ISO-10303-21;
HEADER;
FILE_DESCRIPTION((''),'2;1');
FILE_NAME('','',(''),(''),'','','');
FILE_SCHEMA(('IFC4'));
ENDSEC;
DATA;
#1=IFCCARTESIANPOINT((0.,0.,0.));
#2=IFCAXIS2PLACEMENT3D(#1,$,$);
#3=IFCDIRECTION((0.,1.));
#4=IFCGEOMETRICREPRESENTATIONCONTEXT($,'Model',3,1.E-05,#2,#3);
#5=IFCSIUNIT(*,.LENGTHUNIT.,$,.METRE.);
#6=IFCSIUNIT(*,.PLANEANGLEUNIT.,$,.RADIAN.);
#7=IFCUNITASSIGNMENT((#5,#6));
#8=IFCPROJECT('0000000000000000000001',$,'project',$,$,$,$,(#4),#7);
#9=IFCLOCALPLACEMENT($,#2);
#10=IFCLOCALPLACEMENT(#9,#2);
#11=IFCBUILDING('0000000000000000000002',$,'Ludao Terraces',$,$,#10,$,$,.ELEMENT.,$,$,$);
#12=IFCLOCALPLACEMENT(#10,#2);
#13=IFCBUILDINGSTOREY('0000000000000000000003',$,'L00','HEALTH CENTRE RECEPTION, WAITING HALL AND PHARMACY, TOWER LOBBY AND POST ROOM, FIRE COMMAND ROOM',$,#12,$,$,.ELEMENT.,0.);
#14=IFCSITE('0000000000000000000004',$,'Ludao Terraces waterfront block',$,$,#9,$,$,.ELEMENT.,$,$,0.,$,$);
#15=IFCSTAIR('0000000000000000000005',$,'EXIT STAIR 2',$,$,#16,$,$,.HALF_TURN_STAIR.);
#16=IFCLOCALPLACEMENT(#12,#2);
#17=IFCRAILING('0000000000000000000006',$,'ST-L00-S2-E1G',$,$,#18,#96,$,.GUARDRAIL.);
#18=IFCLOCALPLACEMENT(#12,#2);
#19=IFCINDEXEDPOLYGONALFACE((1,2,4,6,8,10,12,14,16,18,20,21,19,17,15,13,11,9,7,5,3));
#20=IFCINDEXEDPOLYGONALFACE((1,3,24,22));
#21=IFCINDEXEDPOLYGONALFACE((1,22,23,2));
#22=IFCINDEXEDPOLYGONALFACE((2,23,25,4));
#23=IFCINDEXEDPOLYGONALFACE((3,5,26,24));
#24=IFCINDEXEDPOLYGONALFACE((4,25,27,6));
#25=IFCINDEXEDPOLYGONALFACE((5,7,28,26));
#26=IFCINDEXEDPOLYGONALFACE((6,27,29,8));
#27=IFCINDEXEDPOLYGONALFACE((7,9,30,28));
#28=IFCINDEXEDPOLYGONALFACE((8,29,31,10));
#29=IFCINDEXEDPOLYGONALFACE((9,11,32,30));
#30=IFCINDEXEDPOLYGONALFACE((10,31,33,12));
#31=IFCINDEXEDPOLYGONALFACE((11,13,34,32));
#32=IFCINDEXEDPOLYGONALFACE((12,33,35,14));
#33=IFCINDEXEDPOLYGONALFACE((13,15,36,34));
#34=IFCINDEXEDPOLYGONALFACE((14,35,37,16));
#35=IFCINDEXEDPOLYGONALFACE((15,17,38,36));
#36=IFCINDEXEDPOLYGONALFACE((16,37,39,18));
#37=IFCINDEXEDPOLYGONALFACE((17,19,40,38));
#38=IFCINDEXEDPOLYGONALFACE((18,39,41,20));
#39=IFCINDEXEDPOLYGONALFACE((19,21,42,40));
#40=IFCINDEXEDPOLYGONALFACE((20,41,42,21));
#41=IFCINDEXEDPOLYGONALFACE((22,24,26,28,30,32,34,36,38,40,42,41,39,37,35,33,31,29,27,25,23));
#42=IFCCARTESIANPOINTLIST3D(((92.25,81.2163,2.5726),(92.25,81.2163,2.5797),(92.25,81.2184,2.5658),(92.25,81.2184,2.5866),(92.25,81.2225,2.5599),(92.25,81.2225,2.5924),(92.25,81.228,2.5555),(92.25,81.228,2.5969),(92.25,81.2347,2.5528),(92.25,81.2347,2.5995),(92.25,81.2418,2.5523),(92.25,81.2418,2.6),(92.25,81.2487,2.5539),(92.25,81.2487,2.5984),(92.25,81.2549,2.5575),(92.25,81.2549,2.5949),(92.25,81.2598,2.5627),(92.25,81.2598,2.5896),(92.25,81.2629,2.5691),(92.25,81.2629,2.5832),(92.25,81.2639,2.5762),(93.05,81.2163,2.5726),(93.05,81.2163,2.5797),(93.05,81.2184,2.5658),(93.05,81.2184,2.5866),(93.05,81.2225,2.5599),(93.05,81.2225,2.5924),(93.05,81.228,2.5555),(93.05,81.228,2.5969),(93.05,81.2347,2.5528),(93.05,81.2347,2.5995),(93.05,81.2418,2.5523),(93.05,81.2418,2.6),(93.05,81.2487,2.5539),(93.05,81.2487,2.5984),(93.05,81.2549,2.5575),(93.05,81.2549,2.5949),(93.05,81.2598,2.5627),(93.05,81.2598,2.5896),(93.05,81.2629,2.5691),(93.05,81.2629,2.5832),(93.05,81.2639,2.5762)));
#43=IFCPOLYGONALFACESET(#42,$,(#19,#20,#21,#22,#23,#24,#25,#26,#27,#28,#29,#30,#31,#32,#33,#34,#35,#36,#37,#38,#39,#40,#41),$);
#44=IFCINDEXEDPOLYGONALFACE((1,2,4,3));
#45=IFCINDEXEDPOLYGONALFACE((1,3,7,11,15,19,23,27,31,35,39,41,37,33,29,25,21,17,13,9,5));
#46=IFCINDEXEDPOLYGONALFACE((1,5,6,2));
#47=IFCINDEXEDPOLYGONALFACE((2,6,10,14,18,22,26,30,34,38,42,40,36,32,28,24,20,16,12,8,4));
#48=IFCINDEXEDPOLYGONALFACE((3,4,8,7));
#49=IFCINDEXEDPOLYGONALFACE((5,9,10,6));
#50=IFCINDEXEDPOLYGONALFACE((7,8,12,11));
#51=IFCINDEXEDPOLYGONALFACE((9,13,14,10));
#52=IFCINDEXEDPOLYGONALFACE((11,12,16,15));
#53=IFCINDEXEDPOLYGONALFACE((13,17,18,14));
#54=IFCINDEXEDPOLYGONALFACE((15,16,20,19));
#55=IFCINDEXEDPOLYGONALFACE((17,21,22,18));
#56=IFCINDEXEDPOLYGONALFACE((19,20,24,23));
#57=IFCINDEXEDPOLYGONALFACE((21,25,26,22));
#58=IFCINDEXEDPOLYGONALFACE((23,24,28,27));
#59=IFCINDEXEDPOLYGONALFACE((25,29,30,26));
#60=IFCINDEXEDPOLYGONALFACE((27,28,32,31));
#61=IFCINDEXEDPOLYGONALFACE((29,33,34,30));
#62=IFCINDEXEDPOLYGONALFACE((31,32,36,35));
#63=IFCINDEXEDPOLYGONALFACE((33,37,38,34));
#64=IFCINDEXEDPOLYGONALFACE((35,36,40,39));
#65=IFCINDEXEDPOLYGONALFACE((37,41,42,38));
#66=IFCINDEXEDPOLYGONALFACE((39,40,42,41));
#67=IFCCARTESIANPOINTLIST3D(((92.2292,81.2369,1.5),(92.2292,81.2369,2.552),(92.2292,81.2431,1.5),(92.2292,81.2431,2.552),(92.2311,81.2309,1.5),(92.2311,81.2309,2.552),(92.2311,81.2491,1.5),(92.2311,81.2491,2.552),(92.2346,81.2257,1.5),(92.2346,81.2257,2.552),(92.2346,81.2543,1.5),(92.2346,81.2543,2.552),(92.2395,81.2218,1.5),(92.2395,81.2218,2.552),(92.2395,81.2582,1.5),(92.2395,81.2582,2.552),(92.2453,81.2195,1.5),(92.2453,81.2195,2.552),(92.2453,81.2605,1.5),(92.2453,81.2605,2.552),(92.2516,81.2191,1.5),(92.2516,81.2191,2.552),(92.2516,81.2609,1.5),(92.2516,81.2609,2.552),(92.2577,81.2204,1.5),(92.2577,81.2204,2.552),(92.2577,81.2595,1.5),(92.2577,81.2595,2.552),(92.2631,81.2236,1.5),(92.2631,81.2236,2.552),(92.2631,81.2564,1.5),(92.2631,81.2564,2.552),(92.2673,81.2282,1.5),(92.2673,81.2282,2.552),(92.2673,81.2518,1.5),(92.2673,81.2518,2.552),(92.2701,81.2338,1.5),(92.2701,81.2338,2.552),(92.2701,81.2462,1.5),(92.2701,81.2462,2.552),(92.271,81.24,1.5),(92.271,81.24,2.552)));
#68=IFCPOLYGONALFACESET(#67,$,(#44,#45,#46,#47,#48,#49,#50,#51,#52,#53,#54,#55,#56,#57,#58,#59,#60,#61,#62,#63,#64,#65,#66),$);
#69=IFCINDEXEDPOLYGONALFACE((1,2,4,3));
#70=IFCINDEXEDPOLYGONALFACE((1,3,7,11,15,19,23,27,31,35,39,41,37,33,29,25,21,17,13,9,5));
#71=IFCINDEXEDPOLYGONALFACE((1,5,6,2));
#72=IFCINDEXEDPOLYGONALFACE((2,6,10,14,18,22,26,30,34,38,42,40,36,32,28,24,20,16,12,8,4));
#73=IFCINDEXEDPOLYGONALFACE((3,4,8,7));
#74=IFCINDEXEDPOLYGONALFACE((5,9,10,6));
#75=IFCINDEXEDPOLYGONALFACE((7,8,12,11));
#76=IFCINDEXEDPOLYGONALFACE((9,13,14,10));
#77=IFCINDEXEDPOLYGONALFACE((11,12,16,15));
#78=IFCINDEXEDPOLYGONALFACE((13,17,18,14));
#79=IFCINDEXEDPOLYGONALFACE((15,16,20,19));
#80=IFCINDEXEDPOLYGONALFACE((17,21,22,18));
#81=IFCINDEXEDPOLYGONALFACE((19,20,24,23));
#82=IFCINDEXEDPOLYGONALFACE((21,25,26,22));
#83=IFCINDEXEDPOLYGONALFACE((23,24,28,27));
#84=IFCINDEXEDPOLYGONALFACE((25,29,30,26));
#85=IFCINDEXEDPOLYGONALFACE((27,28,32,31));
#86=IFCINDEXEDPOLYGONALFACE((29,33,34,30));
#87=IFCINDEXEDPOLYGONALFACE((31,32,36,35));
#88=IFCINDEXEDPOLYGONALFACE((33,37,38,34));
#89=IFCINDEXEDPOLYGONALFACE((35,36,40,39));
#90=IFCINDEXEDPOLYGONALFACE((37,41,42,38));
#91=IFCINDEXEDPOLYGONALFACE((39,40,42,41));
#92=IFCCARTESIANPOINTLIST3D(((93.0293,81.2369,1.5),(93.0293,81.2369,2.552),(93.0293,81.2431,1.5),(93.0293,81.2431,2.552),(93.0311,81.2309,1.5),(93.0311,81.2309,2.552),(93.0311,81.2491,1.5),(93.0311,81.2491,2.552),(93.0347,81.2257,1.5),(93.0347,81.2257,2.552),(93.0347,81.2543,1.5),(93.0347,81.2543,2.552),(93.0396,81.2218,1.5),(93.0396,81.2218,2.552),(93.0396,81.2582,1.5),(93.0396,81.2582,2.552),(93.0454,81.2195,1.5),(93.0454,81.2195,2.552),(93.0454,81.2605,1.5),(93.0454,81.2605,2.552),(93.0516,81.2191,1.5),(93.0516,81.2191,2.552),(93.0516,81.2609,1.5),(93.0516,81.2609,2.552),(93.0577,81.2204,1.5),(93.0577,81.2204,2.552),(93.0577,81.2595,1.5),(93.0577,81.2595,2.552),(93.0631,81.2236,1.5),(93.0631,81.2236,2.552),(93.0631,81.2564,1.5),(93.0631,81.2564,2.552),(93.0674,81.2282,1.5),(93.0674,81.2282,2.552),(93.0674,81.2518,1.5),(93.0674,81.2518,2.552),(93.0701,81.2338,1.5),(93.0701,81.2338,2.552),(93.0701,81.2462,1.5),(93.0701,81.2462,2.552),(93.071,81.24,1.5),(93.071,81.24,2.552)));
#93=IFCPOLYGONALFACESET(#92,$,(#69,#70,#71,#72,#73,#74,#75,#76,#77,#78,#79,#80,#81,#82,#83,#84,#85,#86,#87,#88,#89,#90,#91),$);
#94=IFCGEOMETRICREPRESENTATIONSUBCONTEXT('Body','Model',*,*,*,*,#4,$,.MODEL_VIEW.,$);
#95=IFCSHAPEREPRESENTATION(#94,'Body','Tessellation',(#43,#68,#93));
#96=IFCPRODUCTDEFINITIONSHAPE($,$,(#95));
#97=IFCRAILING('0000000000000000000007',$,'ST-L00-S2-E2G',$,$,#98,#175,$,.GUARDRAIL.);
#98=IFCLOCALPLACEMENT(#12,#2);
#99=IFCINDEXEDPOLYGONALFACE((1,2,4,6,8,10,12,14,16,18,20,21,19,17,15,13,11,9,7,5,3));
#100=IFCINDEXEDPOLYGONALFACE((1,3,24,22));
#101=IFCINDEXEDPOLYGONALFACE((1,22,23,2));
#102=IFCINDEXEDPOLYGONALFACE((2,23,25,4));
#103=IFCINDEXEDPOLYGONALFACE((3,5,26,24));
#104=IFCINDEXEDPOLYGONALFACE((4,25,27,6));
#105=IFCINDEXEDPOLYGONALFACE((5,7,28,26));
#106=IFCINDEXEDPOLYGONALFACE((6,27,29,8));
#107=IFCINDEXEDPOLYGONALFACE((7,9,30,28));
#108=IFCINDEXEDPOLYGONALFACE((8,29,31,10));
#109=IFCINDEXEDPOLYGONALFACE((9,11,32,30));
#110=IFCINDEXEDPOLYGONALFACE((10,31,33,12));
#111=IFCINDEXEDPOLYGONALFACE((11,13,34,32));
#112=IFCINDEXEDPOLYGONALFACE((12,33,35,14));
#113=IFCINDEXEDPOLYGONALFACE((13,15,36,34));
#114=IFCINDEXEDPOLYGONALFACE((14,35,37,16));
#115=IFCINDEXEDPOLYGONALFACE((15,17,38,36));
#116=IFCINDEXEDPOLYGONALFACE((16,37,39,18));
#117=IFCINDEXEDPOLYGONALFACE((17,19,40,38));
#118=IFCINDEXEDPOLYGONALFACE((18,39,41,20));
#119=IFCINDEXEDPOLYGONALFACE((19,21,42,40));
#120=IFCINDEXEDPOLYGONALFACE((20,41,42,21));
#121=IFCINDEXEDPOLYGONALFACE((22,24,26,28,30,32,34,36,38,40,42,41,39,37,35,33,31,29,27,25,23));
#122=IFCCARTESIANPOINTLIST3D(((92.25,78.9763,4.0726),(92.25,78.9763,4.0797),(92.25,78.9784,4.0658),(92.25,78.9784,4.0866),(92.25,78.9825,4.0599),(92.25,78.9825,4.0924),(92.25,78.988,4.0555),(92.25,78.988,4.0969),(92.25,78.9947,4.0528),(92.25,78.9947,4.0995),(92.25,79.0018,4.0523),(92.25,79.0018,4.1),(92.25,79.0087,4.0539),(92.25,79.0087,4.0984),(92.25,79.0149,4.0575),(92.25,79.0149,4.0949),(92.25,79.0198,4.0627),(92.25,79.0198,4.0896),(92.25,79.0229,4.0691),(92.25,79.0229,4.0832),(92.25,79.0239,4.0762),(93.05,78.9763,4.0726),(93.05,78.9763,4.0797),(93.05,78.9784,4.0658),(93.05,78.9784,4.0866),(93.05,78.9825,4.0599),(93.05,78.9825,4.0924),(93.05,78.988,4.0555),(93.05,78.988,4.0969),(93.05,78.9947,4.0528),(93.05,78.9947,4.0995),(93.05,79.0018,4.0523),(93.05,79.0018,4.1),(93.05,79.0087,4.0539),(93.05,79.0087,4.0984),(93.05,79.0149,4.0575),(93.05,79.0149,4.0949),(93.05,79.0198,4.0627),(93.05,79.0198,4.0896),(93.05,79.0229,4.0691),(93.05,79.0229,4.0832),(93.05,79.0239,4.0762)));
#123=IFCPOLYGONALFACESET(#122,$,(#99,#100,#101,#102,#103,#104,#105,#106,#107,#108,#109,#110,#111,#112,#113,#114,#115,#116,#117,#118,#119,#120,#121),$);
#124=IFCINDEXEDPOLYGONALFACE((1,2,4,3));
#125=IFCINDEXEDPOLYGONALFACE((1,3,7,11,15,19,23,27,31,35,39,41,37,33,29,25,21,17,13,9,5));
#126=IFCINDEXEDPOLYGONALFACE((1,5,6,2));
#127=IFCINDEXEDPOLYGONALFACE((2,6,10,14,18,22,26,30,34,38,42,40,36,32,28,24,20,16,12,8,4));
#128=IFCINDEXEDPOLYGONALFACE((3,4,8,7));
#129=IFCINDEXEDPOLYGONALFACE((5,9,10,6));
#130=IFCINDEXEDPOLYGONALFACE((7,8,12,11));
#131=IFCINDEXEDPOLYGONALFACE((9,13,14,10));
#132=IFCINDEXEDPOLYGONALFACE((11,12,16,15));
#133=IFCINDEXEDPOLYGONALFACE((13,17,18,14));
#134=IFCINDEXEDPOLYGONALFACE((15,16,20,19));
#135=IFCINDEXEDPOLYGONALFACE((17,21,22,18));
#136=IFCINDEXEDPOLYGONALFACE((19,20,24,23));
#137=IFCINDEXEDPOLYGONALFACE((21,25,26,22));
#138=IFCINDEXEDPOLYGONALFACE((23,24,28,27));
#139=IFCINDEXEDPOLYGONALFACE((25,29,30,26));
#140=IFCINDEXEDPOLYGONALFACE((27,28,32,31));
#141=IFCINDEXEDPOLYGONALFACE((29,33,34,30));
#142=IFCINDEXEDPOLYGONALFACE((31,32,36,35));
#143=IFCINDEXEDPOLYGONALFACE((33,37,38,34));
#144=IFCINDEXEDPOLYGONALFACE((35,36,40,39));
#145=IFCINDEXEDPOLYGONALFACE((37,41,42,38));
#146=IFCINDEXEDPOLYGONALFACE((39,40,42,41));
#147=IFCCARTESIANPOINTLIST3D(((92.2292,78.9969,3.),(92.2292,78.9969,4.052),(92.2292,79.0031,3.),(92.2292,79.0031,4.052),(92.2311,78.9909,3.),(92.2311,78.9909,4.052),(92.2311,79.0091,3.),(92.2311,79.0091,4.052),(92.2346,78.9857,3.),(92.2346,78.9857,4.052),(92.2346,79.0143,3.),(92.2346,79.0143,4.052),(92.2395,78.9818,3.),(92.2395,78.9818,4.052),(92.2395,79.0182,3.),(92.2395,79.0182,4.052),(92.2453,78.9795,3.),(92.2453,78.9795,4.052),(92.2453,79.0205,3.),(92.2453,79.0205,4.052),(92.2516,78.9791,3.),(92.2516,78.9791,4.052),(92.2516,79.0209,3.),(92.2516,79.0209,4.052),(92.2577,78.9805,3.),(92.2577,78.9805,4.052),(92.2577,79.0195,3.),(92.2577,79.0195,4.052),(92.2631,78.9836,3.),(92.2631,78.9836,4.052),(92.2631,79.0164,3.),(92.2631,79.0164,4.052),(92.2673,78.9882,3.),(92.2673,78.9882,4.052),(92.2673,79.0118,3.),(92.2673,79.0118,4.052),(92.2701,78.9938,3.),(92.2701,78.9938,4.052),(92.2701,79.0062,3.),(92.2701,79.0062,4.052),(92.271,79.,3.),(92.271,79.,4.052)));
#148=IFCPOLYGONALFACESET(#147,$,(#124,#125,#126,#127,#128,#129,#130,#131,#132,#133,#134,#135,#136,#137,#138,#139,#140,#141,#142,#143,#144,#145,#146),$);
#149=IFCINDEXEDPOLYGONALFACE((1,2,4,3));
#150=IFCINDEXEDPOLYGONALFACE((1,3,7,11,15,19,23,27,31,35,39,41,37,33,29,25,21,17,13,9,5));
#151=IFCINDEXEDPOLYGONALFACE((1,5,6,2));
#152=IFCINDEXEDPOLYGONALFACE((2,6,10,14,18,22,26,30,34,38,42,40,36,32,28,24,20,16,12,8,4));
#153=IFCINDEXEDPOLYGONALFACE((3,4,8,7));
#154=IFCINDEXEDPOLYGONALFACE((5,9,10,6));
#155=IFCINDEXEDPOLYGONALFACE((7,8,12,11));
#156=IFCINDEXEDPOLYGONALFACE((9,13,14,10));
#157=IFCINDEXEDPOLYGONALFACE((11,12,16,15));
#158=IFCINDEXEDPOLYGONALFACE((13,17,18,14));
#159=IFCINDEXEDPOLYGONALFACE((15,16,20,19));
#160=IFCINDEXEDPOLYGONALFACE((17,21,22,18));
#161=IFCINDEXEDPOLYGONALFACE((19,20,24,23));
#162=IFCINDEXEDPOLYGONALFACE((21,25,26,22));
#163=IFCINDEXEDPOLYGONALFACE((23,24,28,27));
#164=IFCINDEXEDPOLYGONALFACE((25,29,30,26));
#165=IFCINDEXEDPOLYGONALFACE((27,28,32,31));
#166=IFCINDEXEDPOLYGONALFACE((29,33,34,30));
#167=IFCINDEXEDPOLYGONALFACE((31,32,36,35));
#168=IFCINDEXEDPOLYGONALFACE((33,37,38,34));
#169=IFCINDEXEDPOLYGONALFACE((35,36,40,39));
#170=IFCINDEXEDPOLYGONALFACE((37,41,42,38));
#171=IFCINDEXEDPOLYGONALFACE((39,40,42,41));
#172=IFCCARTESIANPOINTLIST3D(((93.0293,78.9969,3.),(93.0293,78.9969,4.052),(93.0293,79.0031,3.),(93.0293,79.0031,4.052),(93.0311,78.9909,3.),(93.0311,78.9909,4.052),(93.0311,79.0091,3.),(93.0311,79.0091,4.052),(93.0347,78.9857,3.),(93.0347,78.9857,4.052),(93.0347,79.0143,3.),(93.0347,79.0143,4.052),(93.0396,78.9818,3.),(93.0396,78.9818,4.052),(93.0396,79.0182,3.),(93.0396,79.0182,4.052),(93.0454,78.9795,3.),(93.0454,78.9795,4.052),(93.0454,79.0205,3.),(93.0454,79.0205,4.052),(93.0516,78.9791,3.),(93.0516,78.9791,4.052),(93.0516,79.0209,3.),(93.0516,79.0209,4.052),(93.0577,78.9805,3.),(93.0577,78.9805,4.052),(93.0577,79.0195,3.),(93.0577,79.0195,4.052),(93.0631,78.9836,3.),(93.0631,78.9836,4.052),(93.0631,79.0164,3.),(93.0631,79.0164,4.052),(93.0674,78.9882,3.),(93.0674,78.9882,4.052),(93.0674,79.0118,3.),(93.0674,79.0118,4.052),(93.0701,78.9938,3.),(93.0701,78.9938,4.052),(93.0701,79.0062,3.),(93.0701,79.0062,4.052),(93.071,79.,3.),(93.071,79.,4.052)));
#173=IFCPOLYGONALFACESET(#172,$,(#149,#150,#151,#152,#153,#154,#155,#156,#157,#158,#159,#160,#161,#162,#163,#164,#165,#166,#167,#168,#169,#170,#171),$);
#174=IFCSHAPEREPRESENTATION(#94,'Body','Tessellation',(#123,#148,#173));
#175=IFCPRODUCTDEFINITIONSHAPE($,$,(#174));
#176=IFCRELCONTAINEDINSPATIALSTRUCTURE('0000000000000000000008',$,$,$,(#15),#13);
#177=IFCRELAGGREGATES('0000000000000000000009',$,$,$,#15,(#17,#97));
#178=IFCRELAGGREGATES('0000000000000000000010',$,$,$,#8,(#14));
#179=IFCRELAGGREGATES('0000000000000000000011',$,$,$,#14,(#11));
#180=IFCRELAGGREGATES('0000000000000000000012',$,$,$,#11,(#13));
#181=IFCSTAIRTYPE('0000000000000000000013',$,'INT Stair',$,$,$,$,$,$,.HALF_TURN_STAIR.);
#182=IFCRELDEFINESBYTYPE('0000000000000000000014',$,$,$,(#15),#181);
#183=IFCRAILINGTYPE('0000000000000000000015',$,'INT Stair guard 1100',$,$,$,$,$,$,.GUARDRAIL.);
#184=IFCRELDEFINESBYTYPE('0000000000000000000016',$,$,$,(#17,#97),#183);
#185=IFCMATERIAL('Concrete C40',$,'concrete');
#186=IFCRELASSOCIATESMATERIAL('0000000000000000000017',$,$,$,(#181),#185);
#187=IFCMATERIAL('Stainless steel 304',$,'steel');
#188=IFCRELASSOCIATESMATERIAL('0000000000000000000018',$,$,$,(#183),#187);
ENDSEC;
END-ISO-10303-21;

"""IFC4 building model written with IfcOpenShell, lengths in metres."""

from ifc_helpers import new_model, si_unit, direction, frame, origin, origin_2d, place, context, subcontext, project, spatial, circle, extrude, material, type_object, element, aggregate, save


model = new_model("IFC4")

# Units and contexts
model_context = context("Model", 3, precision=1e-05, world=origin(), true_north=direction((0.0, 1.0)))
body_context = subcontext(model_context, "Body", "Model", "MODEL_VIEW")
ifc_project = project(units=[si_unit("LENGTHUNIT", "METRE"), si_unit("PLANEANGLEUNIT", "RADIAN")], contexts=[model_context])

# Site, building, storey
site_placement = place(None, origin())
site = spatial("IfcSite", under=ifc_project, at=site_placement, Name="Ludao Terraces waterfront block", CompositionType="ELEMENT", RefElevation=0.0)
building_placement = place(site_placement, origin())
building = spatial("IfcBuilding", under=site, at=building_placement, Name="Ludao Terraces", CompositionType="ELEMENT")
storey_placement = place(building_placement, origin())
storey = spatial("IfcBuildingStorey", under=building, at=storey_placement, Name="L00", Description="HEALTH CENTRE RECEPTION, WAITING HALL AND PHARMACY, TOWER LOBBY AND POST ROOM, FIRE COMMAND ROOM", CompositionType="ELEMENT", Elevation=0.0)

# Shared definitions
ifc_material_1 = material(Name="Concrete C40", Category="concrete")

# Stair, railings
stair_type = type_object("IfcStairType", Name="INT Stair", PredefinedType="HALF_TURN_STAIR", material=ifc_material_1)
stair_placement = place(storey_placement, origin())
stair = element("IfcStair", 1, at=stair_placement, inside=storey, type_object=stair_type, Name="EXIT STAIR 2", PredefinedType="HALF_TURN_STAIR")
ifc_material_2 = material(Name="Stainless steel 304", Category="steel")
railing_type_1 = type_object("IfcRailingType", Name="INT Stair guard 1100", PredefinedType="GUARDRAIL", material=ifc_material_2)
railing_1_placement = place(storey_placement, frame((92.25, 81.24, 1.5)))
railing_1 = element("IfcRailing", 2, at=railing_1_placement, type_object=railing_type_1, Name="ST-L00-S2-E1G", PredefinedType="GUARDRAIL", context=body_context, shape_type="SweptSolid", body=[
    extrude(circle(Radius=0.0239, at=origin_2d()), frame((0.0, 0.0, 1.0762), z_axis=(1.0, 0.0, 0.0), x_axis=(0.0, 1.0, 0.0)), (0.0, 0.0, 1.0), 0.8),
    extrude(circle(Radius=0.021, at=origin_2d()), origin(), (0.0, 0.0, 1.0), 1.052),
    extrude(circle(Radius=0.021, at=origin_2d()), frame((0.8, 0.0, 0.0)), (0.0, 0.0, 1.0), 1.052),
])
railing_2_placement = place(storey_placement, frame((92.25, 79.0, 3.0)))
railing_2 = element("IfcRailing", 3, at=railing_2_placement, type_object=railing_type_1, Name="ST-L00-S2-E2G", PredefinedType="GUARDRAIL", context=body_context, shape_type="SweptSolid", body=[
    extrude(circle(Radius=0.0239, at=origin_2d()), frame((0.0, 0.0, 1.0762), z_axis=(1.0, 0.0, 0.0), x_axis=(0.0, 1.0, 0.0)), (0.0, 0.0, 1.0), 0.8),
    extrude(circle(Radius=0.021, at=origin_2d()), origin(), (0.0, 0.0, 1.0), 1.052),
    extrude(circle(Radius=0.021, at=origin_2d()), frame((0.8, 0.0, 0.0)), (0.0, 0.0, 1.0), 1.052),
])
aggregate(stair, [railing_1, railing_2])

save(model, "model.ifc")
